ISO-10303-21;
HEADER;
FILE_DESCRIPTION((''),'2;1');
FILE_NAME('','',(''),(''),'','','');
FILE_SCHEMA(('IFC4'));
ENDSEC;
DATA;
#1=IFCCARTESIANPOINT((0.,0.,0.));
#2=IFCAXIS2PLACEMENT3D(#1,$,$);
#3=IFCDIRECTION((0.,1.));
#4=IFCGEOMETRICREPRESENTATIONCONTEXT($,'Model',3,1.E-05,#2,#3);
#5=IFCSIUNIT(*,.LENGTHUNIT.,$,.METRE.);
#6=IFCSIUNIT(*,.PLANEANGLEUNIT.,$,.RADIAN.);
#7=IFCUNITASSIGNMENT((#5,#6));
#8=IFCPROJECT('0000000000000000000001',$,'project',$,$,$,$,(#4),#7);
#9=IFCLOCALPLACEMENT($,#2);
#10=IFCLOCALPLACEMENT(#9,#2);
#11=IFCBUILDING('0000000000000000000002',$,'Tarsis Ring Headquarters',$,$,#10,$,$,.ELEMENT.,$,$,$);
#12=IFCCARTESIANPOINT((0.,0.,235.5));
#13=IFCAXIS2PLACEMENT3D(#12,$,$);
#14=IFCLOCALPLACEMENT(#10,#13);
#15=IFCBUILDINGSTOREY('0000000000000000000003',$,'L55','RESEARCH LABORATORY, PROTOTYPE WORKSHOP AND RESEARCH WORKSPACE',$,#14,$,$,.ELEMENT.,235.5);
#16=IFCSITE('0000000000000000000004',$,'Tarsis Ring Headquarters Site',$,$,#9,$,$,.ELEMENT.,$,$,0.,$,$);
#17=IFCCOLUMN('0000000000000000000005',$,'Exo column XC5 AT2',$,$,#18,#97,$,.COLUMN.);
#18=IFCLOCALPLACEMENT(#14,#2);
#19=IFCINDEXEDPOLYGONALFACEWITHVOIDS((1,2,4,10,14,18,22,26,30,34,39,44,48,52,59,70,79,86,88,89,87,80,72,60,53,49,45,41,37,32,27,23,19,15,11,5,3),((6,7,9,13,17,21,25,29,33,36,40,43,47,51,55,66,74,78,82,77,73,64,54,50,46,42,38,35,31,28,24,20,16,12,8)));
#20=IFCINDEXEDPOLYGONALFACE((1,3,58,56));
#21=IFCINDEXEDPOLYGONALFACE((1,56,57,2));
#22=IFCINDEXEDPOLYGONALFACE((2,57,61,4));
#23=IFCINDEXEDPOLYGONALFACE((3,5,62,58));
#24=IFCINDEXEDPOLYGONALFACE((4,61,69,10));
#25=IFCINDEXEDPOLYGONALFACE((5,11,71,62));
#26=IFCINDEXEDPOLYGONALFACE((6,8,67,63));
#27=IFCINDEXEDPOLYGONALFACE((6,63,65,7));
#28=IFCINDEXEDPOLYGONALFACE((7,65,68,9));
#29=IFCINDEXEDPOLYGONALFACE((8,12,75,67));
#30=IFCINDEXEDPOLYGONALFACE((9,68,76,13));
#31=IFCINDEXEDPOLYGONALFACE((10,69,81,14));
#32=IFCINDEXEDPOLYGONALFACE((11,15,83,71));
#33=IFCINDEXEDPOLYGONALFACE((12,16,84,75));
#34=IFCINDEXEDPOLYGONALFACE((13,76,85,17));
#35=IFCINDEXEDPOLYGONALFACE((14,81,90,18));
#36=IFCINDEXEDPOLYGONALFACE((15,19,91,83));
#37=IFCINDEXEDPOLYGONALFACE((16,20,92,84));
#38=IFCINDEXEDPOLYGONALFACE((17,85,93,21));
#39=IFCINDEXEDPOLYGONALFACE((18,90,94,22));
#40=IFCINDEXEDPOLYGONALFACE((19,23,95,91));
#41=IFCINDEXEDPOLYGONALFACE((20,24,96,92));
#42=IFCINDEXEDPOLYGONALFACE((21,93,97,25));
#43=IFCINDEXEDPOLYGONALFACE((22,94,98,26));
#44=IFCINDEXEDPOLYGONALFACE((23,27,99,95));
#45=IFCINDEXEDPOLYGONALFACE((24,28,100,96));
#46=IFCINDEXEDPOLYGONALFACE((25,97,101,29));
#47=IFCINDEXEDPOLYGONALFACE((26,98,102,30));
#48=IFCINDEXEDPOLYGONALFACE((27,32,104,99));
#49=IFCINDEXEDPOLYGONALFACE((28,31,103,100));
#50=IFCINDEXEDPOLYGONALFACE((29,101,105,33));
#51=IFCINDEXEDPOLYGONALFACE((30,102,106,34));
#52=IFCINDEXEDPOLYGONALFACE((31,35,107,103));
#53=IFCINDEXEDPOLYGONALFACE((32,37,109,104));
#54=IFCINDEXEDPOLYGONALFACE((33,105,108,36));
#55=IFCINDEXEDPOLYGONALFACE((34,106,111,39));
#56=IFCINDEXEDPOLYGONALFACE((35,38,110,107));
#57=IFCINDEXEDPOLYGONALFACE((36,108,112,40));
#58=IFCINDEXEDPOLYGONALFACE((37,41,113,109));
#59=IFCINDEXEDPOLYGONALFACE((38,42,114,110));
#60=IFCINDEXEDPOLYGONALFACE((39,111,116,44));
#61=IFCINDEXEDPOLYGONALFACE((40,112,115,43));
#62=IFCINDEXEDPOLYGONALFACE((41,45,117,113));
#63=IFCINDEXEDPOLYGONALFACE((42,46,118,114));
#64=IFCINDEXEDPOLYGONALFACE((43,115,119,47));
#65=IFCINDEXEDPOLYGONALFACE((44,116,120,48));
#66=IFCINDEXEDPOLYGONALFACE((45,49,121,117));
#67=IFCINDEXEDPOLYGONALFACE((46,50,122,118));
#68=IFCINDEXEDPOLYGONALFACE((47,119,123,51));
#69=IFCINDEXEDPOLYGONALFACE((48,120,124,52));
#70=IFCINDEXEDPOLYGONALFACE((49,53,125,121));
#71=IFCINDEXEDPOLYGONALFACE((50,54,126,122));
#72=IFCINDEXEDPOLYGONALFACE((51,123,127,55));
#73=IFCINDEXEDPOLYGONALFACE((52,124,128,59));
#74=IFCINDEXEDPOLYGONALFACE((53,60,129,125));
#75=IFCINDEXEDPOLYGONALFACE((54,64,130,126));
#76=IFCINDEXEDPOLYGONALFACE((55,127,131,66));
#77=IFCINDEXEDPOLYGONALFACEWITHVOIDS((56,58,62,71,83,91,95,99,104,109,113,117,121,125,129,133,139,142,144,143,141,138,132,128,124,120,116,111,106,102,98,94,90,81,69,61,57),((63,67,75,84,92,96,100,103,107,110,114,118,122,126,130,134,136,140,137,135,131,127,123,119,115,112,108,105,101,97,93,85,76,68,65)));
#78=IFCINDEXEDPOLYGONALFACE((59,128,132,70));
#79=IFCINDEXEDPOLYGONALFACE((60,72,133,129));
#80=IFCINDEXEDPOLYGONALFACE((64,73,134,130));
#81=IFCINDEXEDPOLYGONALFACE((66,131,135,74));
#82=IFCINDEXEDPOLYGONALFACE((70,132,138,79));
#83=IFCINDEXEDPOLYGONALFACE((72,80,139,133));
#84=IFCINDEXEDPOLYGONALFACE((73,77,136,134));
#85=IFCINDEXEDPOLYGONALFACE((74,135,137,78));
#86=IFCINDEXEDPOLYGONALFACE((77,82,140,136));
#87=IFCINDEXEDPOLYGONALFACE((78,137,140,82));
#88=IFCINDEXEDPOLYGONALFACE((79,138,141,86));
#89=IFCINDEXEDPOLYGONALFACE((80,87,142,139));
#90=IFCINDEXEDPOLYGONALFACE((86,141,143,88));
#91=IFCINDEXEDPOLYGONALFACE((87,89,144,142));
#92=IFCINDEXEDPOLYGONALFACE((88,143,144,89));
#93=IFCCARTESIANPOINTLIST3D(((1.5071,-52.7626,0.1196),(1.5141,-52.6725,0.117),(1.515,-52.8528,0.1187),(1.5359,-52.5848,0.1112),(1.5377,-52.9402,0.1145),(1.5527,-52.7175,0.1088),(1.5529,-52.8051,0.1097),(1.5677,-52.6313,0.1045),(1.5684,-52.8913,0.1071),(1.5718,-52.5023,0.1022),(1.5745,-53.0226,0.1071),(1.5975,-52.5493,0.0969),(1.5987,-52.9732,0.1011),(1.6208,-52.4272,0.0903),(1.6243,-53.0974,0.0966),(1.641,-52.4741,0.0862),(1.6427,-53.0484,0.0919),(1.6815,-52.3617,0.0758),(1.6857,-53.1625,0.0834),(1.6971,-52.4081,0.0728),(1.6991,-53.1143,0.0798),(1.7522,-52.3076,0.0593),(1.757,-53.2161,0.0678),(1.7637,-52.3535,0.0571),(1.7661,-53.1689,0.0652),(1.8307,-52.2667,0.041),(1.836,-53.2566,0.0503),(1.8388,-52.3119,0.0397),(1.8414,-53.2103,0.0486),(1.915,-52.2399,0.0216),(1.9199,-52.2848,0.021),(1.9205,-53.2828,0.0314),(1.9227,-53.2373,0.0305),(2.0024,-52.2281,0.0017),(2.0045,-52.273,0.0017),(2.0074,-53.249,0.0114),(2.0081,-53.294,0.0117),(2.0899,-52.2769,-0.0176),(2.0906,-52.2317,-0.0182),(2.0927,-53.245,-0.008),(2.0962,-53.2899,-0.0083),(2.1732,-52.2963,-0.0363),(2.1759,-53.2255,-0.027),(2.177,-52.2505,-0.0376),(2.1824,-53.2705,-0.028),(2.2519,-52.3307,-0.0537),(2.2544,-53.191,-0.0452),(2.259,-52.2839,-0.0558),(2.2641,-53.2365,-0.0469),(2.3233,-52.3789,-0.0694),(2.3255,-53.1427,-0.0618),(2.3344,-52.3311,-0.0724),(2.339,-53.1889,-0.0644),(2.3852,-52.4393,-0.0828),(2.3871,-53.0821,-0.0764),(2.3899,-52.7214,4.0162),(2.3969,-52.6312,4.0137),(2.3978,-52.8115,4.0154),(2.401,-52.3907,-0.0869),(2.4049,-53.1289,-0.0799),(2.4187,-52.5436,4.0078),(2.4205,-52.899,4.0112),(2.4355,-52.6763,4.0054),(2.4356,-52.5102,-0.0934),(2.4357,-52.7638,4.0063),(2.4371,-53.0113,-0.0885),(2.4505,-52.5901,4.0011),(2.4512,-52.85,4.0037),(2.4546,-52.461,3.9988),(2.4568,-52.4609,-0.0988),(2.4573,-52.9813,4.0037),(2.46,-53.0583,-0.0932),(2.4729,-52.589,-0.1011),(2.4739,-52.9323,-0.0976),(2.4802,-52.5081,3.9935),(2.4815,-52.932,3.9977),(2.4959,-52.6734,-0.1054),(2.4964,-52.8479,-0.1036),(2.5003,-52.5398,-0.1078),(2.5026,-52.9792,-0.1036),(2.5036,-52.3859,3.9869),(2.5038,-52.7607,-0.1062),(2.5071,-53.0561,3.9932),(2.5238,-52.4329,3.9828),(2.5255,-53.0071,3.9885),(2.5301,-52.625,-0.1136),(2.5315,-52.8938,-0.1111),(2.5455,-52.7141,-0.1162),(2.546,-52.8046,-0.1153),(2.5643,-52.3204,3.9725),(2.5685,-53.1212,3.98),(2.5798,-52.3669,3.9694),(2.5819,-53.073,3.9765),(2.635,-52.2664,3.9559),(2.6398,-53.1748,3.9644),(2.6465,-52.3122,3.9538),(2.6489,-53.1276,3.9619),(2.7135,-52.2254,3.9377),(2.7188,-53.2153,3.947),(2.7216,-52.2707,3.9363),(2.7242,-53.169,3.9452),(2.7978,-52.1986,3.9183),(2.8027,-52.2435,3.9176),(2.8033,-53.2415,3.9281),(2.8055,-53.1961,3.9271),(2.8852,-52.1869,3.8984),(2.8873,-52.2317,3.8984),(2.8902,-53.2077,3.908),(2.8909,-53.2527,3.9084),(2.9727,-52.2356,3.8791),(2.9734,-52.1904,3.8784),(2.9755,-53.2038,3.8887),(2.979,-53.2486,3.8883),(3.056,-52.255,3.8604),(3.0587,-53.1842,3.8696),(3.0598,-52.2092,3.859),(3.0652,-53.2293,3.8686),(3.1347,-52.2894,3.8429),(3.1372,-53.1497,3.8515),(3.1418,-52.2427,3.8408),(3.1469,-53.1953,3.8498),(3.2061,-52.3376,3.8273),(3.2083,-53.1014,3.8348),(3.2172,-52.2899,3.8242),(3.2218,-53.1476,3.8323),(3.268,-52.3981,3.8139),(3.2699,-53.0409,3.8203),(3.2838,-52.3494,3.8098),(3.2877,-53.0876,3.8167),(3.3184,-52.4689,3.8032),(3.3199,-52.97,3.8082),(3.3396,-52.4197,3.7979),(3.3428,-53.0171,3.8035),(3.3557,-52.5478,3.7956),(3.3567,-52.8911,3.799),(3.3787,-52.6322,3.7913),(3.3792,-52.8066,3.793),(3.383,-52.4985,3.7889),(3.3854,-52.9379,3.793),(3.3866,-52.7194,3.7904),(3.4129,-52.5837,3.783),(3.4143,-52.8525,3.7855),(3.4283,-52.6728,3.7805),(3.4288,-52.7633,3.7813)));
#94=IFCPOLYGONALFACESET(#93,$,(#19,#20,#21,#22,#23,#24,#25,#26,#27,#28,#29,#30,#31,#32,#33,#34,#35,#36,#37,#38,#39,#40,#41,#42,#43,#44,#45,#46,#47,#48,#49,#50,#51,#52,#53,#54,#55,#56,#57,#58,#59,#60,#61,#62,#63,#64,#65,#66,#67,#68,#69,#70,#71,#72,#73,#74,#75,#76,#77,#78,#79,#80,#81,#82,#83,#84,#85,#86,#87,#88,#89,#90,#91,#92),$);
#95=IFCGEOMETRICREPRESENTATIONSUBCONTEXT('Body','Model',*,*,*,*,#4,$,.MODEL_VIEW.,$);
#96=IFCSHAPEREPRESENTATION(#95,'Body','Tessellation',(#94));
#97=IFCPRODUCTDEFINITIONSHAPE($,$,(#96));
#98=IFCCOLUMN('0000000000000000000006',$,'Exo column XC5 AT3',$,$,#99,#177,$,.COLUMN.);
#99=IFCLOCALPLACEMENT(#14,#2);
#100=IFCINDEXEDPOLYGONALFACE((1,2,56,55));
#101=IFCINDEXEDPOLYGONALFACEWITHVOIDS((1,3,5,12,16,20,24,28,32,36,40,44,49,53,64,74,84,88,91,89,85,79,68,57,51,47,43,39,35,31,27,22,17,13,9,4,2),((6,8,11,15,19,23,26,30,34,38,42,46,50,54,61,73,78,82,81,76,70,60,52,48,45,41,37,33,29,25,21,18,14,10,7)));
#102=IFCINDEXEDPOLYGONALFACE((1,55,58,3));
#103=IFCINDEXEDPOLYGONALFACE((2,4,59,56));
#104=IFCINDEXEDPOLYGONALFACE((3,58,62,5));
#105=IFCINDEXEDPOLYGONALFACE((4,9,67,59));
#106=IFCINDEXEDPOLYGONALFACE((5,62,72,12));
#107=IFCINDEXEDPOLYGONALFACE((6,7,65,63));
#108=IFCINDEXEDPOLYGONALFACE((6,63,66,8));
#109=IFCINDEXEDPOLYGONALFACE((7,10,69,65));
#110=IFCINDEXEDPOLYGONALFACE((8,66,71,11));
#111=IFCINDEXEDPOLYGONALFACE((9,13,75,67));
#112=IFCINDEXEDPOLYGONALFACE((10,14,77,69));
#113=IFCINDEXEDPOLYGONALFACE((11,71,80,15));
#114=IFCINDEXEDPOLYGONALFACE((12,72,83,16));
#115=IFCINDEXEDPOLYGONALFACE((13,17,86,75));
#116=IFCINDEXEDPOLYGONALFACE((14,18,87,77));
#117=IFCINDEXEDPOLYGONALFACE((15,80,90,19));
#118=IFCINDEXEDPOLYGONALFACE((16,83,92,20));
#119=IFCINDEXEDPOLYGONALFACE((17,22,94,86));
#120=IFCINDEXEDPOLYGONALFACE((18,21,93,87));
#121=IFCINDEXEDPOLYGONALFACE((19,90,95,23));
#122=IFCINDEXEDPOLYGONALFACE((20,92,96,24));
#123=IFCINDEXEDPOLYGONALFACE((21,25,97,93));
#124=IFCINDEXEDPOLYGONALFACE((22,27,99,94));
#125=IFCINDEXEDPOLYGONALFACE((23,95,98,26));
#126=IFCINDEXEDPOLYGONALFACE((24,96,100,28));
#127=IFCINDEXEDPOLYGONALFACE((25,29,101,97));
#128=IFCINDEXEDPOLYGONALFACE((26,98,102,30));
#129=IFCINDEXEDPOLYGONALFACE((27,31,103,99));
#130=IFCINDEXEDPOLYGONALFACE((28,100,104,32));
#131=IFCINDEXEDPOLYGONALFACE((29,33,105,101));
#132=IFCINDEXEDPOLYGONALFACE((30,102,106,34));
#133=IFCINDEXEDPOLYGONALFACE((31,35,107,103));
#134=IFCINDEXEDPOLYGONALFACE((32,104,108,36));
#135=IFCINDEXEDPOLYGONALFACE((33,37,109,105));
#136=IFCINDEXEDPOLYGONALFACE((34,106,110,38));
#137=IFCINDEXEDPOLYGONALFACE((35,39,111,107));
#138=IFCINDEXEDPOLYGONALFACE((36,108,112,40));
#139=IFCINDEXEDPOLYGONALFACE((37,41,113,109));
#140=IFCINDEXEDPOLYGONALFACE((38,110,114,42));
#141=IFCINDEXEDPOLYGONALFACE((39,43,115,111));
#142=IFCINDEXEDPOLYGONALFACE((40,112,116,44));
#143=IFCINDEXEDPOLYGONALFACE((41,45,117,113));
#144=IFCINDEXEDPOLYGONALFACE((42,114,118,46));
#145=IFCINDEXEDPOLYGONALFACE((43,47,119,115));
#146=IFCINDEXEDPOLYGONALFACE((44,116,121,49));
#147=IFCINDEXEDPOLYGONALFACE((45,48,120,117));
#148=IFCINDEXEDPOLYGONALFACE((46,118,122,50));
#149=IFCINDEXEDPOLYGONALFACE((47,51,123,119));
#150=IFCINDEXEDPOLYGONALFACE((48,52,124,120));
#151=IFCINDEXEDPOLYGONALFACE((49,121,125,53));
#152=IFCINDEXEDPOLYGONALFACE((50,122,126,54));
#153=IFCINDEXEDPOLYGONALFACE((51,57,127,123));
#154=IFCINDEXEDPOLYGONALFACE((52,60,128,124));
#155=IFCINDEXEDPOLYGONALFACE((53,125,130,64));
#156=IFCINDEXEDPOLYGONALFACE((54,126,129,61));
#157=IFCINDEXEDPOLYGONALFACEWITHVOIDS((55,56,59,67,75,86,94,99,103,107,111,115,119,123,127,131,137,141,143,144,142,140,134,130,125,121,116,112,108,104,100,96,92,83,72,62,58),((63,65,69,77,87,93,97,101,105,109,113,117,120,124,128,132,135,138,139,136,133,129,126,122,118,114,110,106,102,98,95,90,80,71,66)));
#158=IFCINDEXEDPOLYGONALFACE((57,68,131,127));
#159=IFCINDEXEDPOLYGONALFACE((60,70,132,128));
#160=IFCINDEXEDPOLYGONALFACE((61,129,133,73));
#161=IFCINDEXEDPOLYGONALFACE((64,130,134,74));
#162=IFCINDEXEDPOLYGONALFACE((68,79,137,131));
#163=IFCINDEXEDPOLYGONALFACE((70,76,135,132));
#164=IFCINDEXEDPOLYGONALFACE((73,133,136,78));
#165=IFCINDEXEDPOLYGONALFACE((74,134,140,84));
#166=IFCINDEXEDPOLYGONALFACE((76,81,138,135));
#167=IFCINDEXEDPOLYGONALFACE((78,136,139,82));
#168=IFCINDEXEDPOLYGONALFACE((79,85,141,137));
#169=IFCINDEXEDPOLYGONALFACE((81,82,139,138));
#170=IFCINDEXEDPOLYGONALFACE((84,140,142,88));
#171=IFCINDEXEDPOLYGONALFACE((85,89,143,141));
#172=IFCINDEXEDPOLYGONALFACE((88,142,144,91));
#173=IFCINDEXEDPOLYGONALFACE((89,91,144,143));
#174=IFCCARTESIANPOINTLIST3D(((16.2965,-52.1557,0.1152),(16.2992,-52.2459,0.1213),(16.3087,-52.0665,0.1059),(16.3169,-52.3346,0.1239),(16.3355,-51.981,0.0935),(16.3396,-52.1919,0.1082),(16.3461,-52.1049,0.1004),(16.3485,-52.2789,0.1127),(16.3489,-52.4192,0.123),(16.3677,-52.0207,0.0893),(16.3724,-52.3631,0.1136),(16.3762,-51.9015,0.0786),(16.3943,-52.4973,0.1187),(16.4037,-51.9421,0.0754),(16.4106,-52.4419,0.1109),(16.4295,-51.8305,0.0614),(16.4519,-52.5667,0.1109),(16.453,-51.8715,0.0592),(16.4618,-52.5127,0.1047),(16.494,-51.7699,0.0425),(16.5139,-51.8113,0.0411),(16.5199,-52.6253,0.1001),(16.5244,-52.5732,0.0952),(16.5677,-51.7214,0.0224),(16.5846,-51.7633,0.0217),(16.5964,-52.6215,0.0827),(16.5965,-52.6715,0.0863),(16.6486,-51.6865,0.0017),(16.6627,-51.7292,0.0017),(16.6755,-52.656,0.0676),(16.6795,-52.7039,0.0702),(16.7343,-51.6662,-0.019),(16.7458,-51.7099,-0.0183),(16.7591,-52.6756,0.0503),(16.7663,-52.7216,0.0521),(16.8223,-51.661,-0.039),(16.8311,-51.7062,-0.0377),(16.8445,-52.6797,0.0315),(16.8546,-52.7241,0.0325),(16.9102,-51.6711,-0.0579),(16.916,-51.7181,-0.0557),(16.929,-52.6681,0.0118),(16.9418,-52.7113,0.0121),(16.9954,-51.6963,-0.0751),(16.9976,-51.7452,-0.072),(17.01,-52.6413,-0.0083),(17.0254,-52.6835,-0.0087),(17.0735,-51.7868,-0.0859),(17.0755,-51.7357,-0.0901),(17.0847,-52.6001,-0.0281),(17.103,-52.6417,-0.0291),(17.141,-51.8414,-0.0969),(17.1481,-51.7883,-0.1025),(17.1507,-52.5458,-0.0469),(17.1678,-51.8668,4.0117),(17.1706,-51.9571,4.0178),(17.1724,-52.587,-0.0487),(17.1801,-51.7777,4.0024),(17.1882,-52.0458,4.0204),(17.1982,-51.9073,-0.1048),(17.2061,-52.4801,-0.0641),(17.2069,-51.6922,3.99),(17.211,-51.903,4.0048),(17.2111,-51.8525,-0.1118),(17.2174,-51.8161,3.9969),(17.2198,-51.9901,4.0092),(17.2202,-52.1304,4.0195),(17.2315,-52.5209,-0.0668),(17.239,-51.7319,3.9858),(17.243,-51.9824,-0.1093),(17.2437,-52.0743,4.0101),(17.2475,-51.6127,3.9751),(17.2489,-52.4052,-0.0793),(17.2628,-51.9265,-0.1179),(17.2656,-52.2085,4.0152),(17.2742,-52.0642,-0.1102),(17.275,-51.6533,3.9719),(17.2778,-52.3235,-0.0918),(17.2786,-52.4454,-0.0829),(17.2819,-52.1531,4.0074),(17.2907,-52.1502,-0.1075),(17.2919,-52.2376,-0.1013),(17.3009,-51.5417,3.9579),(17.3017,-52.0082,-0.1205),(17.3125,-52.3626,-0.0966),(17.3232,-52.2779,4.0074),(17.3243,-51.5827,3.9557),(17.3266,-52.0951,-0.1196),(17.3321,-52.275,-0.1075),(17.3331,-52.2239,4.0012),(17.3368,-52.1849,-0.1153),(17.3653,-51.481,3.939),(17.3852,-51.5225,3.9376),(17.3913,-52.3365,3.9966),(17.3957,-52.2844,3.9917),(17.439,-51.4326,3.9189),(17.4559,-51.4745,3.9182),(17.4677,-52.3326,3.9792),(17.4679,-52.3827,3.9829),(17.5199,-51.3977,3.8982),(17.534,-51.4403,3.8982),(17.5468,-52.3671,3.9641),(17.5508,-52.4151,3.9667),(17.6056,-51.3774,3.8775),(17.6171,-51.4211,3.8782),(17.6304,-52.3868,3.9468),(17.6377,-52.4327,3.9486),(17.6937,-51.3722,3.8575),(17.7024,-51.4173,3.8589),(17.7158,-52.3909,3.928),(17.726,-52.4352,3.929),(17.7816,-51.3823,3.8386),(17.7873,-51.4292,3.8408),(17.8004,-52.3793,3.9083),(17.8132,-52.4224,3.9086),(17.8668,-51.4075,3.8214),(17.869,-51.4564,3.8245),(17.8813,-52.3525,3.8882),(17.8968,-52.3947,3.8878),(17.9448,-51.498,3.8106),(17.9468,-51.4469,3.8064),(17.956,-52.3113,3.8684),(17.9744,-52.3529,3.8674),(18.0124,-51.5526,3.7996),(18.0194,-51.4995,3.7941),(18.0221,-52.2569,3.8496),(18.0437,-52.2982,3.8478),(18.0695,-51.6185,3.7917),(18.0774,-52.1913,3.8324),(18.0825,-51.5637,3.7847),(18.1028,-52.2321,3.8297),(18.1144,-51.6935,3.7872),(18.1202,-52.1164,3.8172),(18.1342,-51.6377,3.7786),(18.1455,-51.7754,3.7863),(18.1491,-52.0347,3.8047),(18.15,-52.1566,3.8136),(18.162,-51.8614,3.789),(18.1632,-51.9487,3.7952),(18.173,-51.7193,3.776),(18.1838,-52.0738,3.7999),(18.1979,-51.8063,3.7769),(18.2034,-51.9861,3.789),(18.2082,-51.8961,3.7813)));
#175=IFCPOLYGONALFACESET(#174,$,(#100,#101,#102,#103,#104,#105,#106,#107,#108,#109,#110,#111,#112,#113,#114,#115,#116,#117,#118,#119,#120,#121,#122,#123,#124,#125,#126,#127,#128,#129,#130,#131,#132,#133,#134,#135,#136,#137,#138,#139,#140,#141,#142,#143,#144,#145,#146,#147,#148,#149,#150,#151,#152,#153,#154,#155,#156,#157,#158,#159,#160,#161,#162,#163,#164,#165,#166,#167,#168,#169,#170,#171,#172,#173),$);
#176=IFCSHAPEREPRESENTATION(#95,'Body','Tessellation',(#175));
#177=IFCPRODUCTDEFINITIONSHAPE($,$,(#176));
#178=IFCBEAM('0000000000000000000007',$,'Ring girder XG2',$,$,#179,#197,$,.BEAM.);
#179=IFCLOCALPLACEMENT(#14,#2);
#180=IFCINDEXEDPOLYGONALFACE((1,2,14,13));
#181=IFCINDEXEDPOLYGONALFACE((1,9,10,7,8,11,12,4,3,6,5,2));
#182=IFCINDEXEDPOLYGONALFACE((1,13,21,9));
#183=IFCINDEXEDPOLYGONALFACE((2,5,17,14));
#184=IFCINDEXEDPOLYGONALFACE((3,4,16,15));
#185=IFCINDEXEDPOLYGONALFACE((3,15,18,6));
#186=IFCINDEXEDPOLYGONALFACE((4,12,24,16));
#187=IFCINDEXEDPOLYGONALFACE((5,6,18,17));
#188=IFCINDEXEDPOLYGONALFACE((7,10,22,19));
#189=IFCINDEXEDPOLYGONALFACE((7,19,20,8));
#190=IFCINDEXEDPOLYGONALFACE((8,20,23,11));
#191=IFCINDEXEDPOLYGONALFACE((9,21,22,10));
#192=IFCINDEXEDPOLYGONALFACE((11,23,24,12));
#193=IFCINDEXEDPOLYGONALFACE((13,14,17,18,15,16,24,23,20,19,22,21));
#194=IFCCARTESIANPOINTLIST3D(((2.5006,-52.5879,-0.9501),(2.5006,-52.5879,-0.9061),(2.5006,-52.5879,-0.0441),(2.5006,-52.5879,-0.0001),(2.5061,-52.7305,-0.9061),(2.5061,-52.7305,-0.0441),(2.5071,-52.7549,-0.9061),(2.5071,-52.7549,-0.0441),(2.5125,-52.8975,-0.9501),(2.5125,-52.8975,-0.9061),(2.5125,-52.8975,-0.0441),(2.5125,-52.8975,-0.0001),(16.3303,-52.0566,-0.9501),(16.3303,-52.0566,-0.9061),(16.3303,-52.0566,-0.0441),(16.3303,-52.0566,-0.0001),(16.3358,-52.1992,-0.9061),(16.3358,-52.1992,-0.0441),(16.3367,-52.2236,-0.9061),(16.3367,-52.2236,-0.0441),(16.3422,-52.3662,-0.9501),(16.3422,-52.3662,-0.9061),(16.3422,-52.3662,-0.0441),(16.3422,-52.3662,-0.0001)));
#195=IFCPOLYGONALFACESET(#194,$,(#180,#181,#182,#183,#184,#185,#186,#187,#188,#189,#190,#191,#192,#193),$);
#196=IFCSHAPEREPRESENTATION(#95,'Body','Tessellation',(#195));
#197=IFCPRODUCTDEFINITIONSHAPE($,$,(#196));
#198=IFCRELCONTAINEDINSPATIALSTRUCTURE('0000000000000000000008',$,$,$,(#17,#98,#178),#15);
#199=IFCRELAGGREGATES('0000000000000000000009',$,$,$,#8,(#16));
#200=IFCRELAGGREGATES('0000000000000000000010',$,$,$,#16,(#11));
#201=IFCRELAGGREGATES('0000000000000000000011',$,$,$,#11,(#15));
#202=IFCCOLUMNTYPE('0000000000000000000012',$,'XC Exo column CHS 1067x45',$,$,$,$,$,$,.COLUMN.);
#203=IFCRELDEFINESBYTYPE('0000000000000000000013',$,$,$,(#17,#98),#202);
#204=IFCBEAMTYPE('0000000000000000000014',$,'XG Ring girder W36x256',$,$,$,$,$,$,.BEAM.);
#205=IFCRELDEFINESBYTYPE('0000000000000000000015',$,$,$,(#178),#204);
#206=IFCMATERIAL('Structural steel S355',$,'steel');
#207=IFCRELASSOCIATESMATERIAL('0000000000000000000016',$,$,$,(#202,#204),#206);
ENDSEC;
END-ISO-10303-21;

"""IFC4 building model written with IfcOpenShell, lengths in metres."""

from ifc_helpers import new_model, si_unit, direction, frame, origin, origin_2d, place, context, subcontext, project, spatial, hollow_circle, i_section, extrude, material, material_profile, profile_set, type_object, element, save


model = new_model("IFC4")

# Units and contexts
model_context = context("Model", 3, precision=1e-05, world=origin(), true_north=direction((0.0, 1.0)))
body_context = subcontext(model_context, "Body", "Model", "MODEL_VIEW")
ifc_project = project(units=[si_unit("LENGTHUNIT", "METRE"), si_unit("PLANEANGLEUNIT", "RADIAN")], contexts=[model_context])

# Site, building, storey
site_placement = place(None, origin())
site = spatial("IfcSite", under=ifc_project, at=site_placement, Name="Tarsis Ring Headquarters Site", CompositionType="ELEMENT", RefElevation=0.0)
building_placement = place(site_placement, origin())
building = spatial("IfcBuilding", under=site, at=building_placement, Name="Tarsis Ring Headquarters", CompositionType="ELEMENT")
storey_placement = place(building_placement, frame((0.0, 0.0, 235.5)))
storey = spatial("IfcBuildingStorey", under=building, at=storey_placement, Name="L55", Description="RESEARCH LABORATORY, PROTOTYPE WORKSHOP AND RESEARCH WORKSPACE", CompositionType="ELEMENT", Elevation=235.5)

# Columns
ifc_material_1 = material(Name="Structural steel S355", Category="steel")
ifc_material_profile_1 = material_profile(ifc_material_1, hollow_circle(Radius=0.5334, WallThickness=0.0449, at=origin_2d()), Name="CHS 1067x45")
ifc_profile_set_1 = profile_set([ifc_material_profile_1], Name="Structural steel S355")
column_type = type_object("IfcColumnType", Name="XC Exo column CHS 1067x45", PredefinedType="COLUMN", material=ifc_profile_set_1)
column_1_placement = place(storey_placement, frame((2.0273, -52.761, 0.0017), z_axis=(0.220941, 0.010326, 0.975232), x_axis=(-0.046686, 0.99891, 0.0)))
element("IfcColumn", 1, at=column_1_placement, inside=storey, type_object=column_type, Name="Exo column XC5 AT2", PredefinedType="COLUMN", context=body_context, shape_type="SweptSolid", body=[
    extrude(hollow_circle(Radius=0.5334, WallThickness=0.0449, at=origin_2d()), origin(), (0.0, 0.0, 1.0), 3.9956),
])
column_2_placement = place(storey_placement, frame((16.8164, -52.1929, 0.0017), z_axis=(0.217663, 0.072148, 0.973354), x_axis=(-0.314632, 0.949214, 0.0)))
element("IfcColumn", 2, at=column_2_placement, inside=storey, type_object=column_type, Name="Exo column XC5 AT3", PredefinedType="COLUMN", context=body_context, shape_type="SweptSolid", body=[
    extrude(hollow_circle(Radius=0.5334, WallThickness=0.0449, at=origin_2d()), origin(), (0.0, 0.0, 1.0), 4.0032),
])

# Beam
ifc_material_profile_2 = material_profile(ifc_material_1, i_section(OverallWidth=0.3098, OverallDepth=0.95, WebThickness=0.0244, FlangeThickness=0.0439, at=origin_2d()), Name="W36x256")
ifc_profile_set_2 = profile_set([ifc_material_profile_2], Name="Structural steel S355")
beam_type = type_object("IfcBeamType", Name="XG Ring girder W36x256", PredefinedType="BEAM", material=ifc_profile_set_2)
beam_1_placement = place(storey_placement, frame((2.5066, -52.7427, -0.4751), z_axis=(0.999263, 0.038386, 0.0), x_axis=(-0.038386, 0.999263, 0.0)))
element("IfcBeam", 3, at=beam_1_placement, inside=storey, type_object=beam_type, Name="Ring girder XG2", PredefinedType="BEAM", context=body_context, shape_type="SweptSolid", body=[
    extrude(i_section(OverallWidth=0.3098, OverallDepth=0.95, WebThickness=0.0244, FlangeThickness=0.0439, at=origin_2d()), origin(), (0.0, 0.0, 1.0), 13.8398),
])

save(model, "model.ifc")
